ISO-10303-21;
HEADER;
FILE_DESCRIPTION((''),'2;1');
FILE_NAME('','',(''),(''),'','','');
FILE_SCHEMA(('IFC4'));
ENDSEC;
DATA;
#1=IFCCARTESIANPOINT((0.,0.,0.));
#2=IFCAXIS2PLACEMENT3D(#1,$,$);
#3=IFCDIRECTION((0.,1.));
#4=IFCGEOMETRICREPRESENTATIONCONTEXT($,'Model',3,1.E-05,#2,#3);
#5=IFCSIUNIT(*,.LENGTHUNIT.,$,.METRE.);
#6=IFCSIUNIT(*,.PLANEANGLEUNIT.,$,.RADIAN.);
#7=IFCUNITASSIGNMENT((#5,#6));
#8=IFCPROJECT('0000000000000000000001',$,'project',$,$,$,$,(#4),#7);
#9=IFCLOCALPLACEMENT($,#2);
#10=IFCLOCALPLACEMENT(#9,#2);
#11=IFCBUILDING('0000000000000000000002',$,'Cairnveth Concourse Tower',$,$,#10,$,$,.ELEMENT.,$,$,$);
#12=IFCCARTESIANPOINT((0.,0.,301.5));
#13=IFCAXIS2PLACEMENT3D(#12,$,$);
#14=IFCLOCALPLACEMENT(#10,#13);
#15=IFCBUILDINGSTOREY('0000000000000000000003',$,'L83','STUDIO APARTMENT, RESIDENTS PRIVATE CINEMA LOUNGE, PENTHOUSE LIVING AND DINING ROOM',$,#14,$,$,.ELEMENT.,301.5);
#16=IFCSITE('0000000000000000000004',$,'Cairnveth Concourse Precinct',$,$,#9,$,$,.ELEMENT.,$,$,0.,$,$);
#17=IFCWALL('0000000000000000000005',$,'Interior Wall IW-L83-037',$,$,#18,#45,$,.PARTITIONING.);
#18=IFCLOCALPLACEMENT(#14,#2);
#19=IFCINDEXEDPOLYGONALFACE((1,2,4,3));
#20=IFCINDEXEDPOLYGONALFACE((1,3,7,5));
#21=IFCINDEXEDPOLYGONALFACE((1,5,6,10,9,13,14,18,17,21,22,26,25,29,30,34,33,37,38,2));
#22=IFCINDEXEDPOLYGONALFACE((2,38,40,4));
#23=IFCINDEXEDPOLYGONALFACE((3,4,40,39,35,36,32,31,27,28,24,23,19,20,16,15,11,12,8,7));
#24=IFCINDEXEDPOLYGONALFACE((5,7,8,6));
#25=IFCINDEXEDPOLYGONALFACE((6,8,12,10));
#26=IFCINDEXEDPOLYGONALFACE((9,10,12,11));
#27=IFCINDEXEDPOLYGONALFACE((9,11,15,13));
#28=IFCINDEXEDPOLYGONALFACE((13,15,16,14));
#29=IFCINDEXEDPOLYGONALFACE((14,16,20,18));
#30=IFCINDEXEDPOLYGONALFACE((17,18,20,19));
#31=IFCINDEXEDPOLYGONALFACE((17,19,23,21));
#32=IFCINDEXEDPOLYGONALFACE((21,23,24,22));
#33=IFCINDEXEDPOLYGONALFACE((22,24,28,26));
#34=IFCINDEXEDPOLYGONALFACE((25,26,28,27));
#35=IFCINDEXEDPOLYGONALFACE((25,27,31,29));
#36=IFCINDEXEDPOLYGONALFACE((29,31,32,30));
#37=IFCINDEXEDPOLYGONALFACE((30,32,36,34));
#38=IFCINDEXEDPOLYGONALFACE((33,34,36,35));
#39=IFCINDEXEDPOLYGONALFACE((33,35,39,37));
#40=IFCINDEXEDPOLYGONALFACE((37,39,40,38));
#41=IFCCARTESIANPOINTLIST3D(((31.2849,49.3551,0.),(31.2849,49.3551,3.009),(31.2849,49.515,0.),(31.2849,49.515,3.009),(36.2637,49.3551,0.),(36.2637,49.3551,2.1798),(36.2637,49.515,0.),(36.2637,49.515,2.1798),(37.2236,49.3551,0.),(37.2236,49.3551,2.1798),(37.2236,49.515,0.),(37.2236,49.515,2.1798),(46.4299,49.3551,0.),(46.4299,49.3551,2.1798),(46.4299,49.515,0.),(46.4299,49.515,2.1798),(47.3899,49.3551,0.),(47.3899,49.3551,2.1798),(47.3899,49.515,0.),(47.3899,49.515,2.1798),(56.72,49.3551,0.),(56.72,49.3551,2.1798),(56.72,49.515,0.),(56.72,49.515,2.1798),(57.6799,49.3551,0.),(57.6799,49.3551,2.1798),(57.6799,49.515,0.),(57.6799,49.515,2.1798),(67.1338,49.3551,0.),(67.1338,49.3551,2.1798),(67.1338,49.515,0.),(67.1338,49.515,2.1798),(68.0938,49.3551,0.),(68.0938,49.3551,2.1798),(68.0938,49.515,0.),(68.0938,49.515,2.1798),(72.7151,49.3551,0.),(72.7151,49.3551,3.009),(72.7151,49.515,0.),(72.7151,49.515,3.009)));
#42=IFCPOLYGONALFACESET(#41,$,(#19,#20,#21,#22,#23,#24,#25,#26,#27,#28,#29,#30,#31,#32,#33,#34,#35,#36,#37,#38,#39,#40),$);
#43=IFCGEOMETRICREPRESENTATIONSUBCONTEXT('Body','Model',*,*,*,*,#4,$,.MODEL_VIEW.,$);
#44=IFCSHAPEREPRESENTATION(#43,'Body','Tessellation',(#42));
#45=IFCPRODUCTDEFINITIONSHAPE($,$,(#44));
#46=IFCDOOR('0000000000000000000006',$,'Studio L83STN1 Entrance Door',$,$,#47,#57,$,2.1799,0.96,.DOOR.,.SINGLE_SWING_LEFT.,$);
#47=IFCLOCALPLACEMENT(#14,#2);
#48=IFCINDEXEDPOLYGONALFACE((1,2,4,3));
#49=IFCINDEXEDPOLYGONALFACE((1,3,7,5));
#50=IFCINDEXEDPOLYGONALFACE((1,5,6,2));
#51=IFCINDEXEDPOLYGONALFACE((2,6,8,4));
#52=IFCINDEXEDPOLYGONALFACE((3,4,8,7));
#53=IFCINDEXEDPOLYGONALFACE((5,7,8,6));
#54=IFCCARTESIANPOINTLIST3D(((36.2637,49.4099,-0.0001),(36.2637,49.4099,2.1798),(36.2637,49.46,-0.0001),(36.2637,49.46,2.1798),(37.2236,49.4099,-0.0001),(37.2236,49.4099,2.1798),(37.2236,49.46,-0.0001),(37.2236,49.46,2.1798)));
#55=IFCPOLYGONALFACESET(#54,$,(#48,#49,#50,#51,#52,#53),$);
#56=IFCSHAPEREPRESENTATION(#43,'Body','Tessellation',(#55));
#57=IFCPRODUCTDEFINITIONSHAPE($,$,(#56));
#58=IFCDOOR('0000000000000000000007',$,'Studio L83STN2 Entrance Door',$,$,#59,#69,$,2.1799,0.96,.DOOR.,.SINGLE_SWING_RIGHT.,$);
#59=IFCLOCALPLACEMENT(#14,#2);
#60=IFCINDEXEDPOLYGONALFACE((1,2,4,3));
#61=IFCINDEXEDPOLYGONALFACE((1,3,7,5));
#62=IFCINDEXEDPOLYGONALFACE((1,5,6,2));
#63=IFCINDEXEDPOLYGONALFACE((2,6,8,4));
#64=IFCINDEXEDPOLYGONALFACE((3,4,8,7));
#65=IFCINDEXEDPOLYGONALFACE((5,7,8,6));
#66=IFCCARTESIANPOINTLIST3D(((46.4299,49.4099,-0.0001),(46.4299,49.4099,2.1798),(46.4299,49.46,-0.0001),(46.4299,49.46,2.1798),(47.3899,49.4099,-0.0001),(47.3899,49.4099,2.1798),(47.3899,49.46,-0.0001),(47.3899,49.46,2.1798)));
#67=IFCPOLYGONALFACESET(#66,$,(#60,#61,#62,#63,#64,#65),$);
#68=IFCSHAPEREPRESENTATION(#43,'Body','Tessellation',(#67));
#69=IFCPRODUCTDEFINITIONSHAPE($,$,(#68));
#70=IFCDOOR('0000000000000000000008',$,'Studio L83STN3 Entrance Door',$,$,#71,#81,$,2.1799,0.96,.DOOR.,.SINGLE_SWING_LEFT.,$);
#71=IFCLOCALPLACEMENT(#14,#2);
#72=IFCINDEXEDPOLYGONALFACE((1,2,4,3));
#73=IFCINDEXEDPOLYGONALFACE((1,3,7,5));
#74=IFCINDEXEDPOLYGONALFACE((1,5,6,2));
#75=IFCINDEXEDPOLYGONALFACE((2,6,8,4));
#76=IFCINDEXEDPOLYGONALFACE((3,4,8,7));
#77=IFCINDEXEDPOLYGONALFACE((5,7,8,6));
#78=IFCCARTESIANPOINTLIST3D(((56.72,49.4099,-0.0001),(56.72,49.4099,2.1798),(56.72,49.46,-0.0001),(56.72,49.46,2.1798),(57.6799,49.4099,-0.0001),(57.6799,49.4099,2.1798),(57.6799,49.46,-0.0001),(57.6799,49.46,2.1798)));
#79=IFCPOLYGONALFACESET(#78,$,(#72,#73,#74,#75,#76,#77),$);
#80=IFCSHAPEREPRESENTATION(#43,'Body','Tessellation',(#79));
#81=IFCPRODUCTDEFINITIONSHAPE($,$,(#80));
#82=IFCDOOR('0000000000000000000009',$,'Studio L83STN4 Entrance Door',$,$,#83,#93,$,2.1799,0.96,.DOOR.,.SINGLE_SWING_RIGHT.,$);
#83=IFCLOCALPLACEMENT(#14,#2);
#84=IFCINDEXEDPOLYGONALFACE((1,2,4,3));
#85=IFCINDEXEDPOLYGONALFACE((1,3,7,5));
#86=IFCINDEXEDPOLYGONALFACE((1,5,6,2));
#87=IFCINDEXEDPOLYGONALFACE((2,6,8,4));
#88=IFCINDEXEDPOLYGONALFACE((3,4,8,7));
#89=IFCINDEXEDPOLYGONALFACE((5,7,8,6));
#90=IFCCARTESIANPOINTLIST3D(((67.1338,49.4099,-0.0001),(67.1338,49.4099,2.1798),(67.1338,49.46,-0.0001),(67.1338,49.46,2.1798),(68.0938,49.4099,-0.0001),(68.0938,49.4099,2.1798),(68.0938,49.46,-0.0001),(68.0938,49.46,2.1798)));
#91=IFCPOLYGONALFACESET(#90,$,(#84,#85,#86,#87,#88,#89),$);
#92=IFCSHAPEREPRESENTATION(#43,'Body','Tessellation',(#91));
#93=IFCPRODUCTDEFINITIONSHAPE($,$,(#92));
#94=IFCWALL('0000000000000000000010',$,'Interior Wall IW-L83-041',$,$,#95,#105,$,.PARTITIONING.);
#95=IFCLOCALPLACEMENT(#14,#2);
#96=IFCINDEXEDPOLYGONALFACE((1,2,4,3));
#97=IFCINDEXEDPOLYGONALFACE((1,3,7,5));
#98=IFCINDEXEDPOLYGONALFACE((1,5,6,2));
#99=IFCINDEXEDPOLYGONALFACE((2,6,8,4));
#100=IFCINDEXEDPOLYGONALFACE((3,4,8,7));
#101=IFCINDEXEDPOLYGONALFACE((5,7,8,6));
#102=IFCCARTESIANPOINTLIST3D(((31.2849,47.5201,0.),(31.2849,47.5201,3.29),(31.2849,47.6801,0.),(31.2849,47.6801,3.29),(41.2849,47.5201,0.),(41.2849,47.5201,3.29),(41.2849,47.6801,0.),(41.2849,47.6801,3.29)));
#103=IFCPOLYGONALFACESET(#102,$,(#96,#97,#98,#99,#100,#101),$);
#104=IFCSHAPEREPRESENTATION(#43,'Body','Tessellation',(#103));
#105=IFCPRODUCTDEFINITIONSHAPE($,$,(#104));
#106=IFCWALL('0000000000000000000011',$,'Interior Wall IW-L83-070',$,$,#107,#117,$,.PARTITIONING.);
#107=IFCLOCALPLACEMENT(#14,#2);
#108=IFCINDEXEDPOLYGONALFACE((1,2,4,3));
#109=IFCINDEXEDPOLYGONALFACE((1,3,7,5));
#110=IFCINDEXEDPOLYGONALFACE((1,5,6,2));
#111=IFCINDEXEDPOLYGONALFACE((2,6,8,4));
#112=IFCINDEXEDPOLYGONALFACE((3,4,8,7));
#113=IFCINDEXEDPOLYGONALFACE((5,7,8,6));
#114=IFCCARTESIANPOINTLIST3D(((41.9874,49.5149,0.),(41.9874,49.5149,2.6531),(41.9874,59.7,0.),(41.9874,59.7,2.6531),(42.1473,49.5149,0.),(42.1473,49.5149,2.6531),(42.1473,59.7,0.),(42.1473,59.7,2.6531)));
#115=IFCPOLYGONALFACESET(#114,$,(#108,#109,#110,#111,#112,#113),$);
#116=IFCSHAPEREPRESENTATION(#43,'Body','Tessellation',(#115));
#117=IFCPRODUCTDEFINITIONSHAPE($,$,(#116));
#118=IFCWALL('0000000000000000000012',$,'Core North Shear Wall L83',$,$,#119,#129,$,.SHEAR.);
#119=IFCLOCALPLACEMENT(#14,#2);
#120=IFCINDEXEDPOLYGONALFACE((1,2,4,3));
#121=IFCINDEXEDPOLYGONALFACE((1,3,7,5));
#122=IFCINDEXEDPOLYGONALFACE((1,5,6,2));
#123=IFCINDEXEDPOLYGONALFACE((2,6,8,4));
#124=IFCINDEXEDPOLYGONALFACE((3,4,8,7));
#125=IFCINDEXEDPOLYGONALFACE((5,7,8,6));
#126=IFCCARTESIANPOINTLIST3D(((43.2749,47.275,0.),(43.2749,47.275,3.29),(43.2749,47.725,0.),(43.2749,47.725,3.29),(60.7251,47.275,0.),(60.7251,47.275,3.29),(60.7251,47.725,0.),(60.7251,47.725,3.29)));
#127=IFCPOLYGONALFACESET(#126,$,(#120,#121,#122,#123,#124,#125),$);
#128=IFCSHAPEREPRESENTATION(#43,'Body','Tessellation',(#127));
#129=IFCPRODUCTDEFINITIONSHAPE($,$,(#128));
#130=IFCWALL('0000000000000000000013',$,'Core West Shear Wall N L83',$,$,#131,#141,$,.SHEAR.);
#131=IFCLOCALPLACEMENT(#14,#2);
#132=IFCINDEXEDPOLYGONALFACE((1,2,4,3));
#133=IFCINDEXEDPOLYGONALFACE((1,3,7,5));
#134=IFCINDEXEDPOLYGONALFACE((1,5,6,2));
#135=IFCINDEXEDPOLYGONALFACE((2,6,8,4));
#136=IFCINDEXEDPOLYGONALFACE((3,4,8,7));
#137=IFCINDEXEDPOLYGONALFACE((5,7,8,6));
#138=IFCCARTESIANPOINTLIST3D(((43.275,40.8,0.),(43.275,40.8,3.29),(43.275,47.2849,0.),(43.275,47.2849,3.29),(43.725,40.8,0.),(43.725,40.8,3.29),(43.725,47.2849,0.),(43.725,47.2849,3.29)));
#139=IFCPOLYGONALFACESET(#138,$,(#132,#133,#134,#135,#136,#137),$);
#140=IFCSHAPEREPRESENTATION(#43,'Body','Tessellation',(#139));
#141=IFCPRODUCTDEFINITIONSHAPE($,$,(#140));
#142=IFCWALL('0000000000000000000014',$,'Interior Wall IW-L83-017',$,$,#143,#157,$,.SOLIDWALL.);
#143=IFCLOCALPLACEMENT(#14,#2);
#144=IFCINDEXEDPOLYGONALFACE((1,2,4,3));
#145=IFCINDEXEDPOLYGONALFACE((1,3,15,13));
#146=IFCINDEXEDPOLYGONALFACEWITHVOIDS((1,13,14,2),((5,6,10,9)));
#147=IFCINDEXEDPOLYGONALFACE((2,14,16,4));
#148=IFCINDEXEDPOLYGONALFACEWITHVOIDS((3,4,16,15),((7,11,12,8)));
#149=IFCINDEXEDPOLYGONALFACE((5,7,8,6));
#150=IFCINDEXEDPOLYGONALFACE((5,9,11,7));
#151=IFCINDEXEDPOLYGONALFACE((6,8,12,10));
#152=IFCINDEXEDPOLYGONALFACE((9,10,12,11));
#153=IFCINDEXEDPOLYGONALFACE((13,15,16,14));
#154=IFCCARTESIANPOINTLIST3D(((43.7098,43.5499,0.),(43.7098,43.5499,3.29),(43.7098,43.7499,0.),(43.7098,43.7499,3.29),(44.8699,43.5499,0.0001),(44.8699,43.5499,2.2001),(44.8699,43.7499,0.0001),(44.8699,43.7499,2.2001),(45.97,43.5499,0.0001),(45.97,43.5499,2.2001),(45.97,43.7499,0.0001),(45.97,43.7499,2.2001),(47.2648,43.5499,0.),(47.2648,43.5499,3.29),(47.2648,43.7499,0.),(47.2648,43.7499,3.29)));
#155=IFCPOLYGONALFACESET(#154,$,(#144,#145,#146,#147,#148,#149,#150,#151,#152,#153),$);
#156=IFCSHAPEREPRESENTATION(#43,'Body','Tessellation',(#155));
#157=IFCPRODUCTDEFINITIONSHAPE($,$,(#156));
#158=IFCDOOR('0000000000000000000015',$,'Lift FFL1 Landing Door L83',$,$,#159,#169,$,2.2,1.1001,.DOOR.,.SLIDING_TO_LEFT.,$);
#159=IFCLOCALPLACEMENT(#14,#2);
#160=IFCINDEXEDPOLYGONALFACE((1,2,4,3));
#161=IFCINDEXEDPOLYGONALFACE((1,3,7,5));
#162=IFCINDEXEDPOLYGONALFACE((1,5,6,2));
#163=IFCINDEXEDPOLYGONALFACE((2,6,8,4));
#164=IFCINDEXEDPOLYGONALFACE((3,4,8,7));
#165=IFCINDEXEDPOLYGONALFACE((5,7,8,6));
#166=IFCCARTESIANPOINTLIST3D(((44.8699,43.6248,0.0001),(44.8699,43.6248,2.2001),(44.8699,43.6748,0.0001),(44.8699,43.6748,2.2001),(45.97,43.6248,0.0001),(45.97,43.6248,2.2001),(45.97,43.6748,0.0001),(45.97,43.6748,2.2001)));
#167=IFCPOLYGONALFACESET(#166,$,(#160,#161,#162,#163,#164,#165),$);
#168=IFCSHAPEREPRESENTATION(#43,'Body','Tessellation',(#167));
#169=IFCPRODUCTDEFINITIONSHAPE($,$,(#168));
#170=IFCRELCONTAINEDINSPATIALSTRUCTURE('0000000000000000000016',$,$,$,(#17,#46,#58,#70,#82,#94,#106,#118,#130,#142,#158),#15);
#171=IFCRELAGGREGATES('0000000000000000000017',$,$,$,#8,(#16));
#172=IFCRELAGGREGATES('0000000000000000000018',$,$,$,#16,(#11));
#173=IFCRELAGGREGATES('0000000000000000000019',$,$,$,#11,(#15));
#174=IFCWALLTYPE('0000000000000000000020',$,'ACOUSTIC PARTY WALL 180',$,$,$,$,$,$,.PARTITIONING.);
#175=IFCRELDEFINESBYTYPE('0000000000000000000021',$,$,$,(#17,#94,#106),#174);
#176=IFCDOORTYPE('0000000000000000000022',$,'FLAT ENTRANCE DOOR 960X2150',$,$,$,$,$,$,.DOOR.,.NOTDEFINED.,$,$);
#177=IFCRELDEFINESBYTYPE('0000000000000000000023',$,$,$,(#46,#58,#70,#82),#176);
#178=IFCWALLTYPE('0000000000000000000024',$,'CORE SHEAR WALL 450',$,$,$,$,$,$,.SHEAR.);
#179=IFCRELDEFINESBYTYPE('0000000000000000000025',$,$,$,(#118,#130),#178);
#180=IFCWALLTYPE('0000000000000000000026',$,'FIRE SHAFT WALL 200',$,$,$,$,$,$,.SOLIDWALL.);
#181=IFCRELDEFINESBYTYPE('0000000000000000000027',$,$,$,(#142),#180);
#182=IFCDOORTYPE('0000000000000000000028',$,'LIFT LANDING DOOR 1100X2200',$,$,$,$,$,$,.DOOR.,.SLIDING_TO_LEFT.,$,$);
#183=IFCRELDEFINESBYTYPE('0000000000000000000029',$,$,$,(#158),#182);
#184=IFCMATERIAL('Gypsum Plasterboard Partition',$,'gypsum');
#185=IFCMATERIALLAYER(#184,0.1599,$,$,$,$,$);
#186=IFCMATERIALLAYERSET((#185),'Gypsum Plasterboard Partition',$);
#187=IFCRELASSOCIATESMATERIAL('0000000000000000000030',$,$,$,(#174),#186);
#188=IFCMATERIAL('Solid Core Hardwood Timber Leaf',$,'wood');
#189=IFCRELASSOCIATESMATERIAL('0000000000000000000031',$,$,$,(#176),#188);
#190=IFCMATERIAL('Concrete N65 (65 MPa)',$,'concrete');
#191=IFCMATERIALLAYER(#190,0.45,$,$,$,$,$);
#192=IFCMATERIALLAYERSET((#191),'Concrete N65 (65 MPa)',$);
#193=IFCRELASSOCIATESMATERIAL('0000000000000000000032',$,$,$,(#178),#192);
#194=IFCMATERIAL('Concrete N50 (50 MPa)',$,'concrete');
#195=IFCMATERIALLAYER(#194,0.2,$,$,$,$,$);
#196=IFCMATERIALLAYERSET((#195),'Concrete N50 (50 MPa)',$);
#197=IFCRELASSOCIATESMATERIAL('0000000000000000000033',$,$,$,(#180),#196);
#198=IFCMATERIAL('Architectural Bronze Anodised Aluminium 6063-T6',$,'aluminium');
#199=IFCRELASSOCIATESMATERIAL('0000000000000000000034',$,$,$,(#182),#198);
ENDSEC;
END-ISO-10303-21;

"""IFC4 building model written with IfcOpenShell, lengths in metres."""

from ifc_helpers import new_model, si_unit, direction, frame, frame_2d, origin, place, context, subcontext, project, spatial, rectangle, extrude, material, layer, layer_set, type_object, element, fill, save


model = new_model("IFC4")

# Units and contexts
model_context = context("Model", 3, precision=1e-05, world=origin(), true_north=direction((0.0, 1.0)))
body_context = subcontext(model_context, "Body", "Model", "MODEL_VIEW")
ifc_project = project(units=[si_unit("LENGTHUNIT", "METRE"), si_unit("PLANEANGLEUNIT", "RADIAN")], contexts=[model_context])

# Site, building, storey
site_placement = place(None, origin())
site = spatial("IfcSite", under=ifc_project, at=site_placement, Name="Cairnveth Concourse Precinct", CompositionType="ELEMENT", RefElevation=0.0)
building_placement = place(site_placement, origin())
building = spatial("IfcBuilding", under=site, at=building_placement, Name="Cairnveth Concourse Tower", CompositionType="ELEMENT")
storey_placement = place(building_placement, frame((0.0, 0.0, 301.5)))
storey = spatial("IfcBuildingStorey", under=building, at=storey_placement, Name="L83", Description="STUDIO APARTMENT, RESIDENTS PRIVATE CINEMA LOUNGE, PENTHOUSE LIVING AND DINING ROOM", CompositionType="ELEMENT", Elevation=301.5)

# Shared definitions
ifc_material_1 = material(Name="Concrete N50 (50 MPa)", Category="concrete")

# Wall, openings, doors
ifc_material_2 = material(Name="Gypsum Plasterboard Partition", Category="gypsum")
ifc_layer_1 = layer(ifc_material_2, 0.1599)
ifc_layer_set_1 = layer_set([ifc_layer_1], Name="Gypsum Plasterboard Partition")
wall_type_1 = type_object("IfcWallType", Name="ACOUSTIC PARTY WALL 180", PredefinedType="PARTITIONING", material=ifc_layer_set_1)
wall_1_placement = place(storey_placement, frame((31.2849, 49.4351, 0.0), z_axis=(0.0, 0.0, 1.0), x_axis=(1.0, 0.0, 0.0)))
wall_1 = element("IfcWall", 1, at=wall_1_placement, inside=storey, type_object=wall_type_1, Name="Interior Wall IW-L83-037", PredefinedType="PARTITIONING", context=body_context, shape_type="SweptSolid", body=[
    extrude(rectangle(XDim=41.4302, YDim=0.1599, at=frame_2d((20.7151, 0.0))), origin(), (0.0, 0.0, 1.0), 3.009),
])
opening_1_placement = place(wall_1_placement, frame((4.9788, 0.0, 0.0)))
opening_1 = element("IfcOpeningElement", 2, at=opening_1_placement, cuts=wall_1, PredefinedType="OPENING", context=body_context, shape_type="SweptSolid", body=[
    extrude(rectangle(XDim=0.96, YDim=2.1799, at=frame_2d((0.48, 1.0898))), frame((0.0, 0.0898, 0.0), z_axis=(0.0, -1.0, 0.0), x_axis=(1.0, 0.0, 0.0)), (0.0, 0.0, 1.0), 0.1799),
])
opening_2_placement = place(wall_1_placement, frame((15.145, 0.0, 0.0)))
opening_2 = element("IfcOpeningElement", 3, at=opening_2_placement, cuts=wall_1, PredefinedType="OPENING", context=body_context, shape_type="SweptSolid", body=[
    extrude(rectangle(XDim=0.96, YDim=2.1799, at=frame_2d((0.48, 1.0898))), frame((0.0, 0.0898, 0.0), z_axis=(0.0, -1.0, 0.0), x_axis=(1.0, 0.0, 0.0)), (0.0, 0.0, 1.0), 0.1799),
])
opening_3_placement = place(wall_1_placement, frame((25.4351, 0.0, 0.0)))
opening_3 = element("IfcOpeningElement", 4, at=opening_3_placement, cuts=wall_1, PredefinedType="OPENING", context=body_context, shape_type="SweptSolid", body=[
    extrude(rectangle(XDim=0.96, YDim=2.1799, at=frame_2d((0.48, 1.0898))), frame((0.0, 0.0898, 0.0), z_axis=(0.0, -1.0, 0.0), x_axis=(1.0, 0.0, 0.0)), (0.0, 0.0, 1.0), 0.1799),
])
opening_4_placement = place(wall_1_placement, frame((35.8489, 0.0, 0.0)))
opening_4 = element("IfcOpeningElement", 5, at=opening_4_placement, cuts=wall_1, PredefinedType="OPENING", context=body_context, shape_type="SweptSolid", body=[
    extrude(rectangle(XDim=0.96, YDim=2.1799, at=frame_2d((0.48, 1.0898))), frame((0.0, 0.0898, 0.0), z_axis=(0.0, -1.0, 0.0), x_axis=(1.0, 0.0, 0.0)), (0.0, 0.0, 1.0), 0.1799),
])
ifc_material_3 = material(Name="Solid Core Hardwood Timber Leaf", Category="wood")
door_type_1 = type_object("IfcDoorType", Name="FLAT ENTRANCE DOOR 960X2150", OperationType="NOTDEFINED", PredefinedType="DOOR", material=ifc_material_3)
door_1_placement = place(opening_1_placement, origin())
door_1 = element("IfcDoor", 6, at=door_1_placement, inside=storey, type_object=door_type_1, Name="Studio L83STN1 Entrance Door", OperationType="SINGLE_SWING_LEFT", OverallHeight=2.1799, OverallWidth=0.96, PredefinedType="DOOR", context=body_context, shape_type="SweptSolid", body=[
    extrude(rectangle(XDim=0.96, YDim=2.1799, at=frame_2d((0.48, 1.0898))), frame((0.0, 0.0249, 0.0), z_axis=(0.0, -1.0, 0.0), x_axis=(1.0, 0.0, 0.0)), (0.0, 0.0, 1.0), 0.05),
])
fill(opening_1, door_1)
door_2_placement = place(opening_2_placement, origin())
door_2 = element("IfcDoor", 7, at=door_2_placement, inside=storey, type_object=door_type_1, Name="Studio L83STN2 Entrance Door", OperationType="SINGLE_SWING_RIGHT", OverallHeight=2.1799, OverallWidth=0.96, PredefinedType="DOOR", context=body_context, shape_type="SweptSolid", body=[
    extrude(rectangle(XDim=0.96, YDim=2.1799, at=frame_2d((0.48, 1.0898))), frame((0.0, 0.0249, 0.0), z_axis=(0.0, -1.0, 0.0), x_axis=(1.0, 0.0, 0.0)), (0.0, 0.0, 1.0), 0.05),
])
fill(opening_2, door_2)
door_3_placement = place(opening_3_placement, origin())
door_3 = element("IfcDoor", 8, at=door_3_placement, inside=storey, type_object=door_type_1, Name="Studio L83STN3 Entrance Door", OperationType="SINGLE_SWING_LEFT", OverallHeight=2.1799, OverallWidth=0.96, PredefinedType="DOOR", context=body_context, shape_type="SweptSolid", body=[
    extrude(rectangle(XDim=0.96, YDim=2.1799, at=frame_2d((0.48, 1.0898))), frame((0.0, 0.0249, 0.0), z_axis=(0.0, -1.0, 0.0), x_axis=(1.0, 0.0, 0.0)), (0.0, 0.0, 1.0), 0.05),
])
fill(opening_3, door_3)
door_4_placement = place(opening_4_placement, origin())
door_4 = element("IfcDoor", 9, at=door_4_placement, inside=storey, type_object=door_type_1, Name="Studio L83STN4 Entrance Door", OperationType="SINGLE_SWING_RIGHT", OverallHeight=2.1799, OverallWidth=0.96, PredefinedType="DOOR", context=body_context, shape_type="SweptSolid", body=[
    extrude(rectangle(XDim=0.96, YDim=2.1799, at=frame_2d((0.48, 1.0898))), frame((0.0, 0.0249, 0.0), z_axis=(0.0, -1.0, 0.0), x_axis=(1.0, 0.0, 0.0)), (0.0, 0.0, 1.0), 0.05),
])
fill(opening_4, door_4)

# Walls
wall_2_placement = place(storey_placement, frame((31.2849, 47.6001, 0.0), z_axis=(0.0, 0.0, 1.0), x_axis=(1.0, 0.0, 0.0)))
element("IfcWall", 10, at=wall_2_placement, inside=storey, type_object=wall_type_1, Name="Interior Wall IW-L83-041", PredefinedType="PARTITIONING", context=body_context, shape_type="SweptSolid", body=[
    extrude(rectangle(XDim=10.0, YDim=0.1599, at=frame_2d((5.0, 0.0))), origin(), (0.0, 0.0, 1.0), 3.29),
])
wall_3_placement = place(storey_placement, frame((42.0674, 49.5149, 0.0), z_axis=(0.0, 0.0, 1.0), x_axis=(0.0, 1.0, 0.0)))
element("IfcWall", 11, at=wall_3_placement, inside=storey, type_object=wall_type_1, Name="Interior Wall IW-L83-070", PredefinedType="PARTITIONING", context=body_context, shape_type="SweptSolid", body=[
    extrude(rectangle(XDim=10.1851, YDim=0.1599, at=frame_2d((5.0925, 0.0))), origin(), (0.0, 0.0, 1.0), 2.6531),
])
ifc_material_4 = material(Name="Concrete N65 (65 MPa)", Category="concrete")
ifc_layer_2 = layer(ifc_material_4, 0.45)
ifc_layer_set_2 = layer_set([ifc_layer_2], Name="Concrete N65 (65 MPa)")
wall_type_2 = type_object("IfcWallType", Name="CORE SHEAR WALL 450", PredefinedType="SHEAR", material=ifc_layer_set_2)
wall_4_placement = place(storey_placement, frame((43.2749, 47.5, 0.0), z_axis=(0.0, 0.0, 1.0), x_axis=(1.0, 0.0, 0.0)))
element("IfcWall", 12, at=wall_4_placement, inside=storey, type_object=wall_type_2, Name="Core North Shear Wall L83", PredefinedType="SHEAR", context=body_context, shape_type="SweptSolid", body=[
    extrude(rectangle(XDim=17.4502, YDim=0.45, at=frame_2d((8.7251, 0.0))), origin(), (0.0, 0.0, 1.0), 3.29),
])
wall_5_placement = place(storey_placement, frame((43.5, 40.8, 0.0), z_axis=(0.0, 0.0, 1.0), x_axis=(0.0, 1.0, 0.0)))
element("IfcWall", 13, at=wall_5_placement, inside=storey, type_object=wall_type_2, Name="Core West Shear Wall N L83", PredefinedType="SHEAR", context=body_context, shape_type="SweptSolid", body=[
    extrude(rectangle(XDim=6.4849, YDim=0.45, at=frame_2d((3.2424, 0.0))), origin(), (0.0, 0.0, 1.0), 3.29),
])

# Wall, opening, door
ifc_layer_3 = layer(ifc_material_1, 0.2)
ifc_layer_set_3 = layer_set([ifc_layer_3], Name="Concrete N50 (50 MPa)")
wall_type_3 = type_object("IfcWallType", Name="FIRE SHAFT WALL 200", PredefinedType="SOLIDWALL", material=ifc_layer_set_3)
wall_6_placement = place(storey_placement, frame((43.71, 43.6499, 0.0), z_axis=(0.0, 0.0, 1.0), x_axis=(1.0, 0.0, 0.0)))
wall_6 = element("IfcWall", 14, at=wall_6_placement, inside=storey, type_object=wall_type_3, Name="Interior Wall IW-L83-017", PredefinedType="SOLIDWALL", context=body_context, shape_type="SweptSolid", body=[
    extrude(rectangle(XDim=3.5549, YDim=0.2, at=frame_2d((1.7773, 0.0))), origin(), (0.0, 0.0, 1.0), 3.29),
])
opening_5_placement = place(wall_6_placement, frame((1.1599, 0.0, 0.0)))
opening_5 = element("IfcOpeningElement", 15, at=opening_5_placement, cuts=wall_6, PredefinedType="OPENING", context=body_context, shape_type="SweptSolid", body=[
    extrude(rectangle(XDim=1.1001, YDim=2.2, at=frame_2d((0.55, 1.1001))), frame((0.0, 0.1099, 0.0), z_axis=(0.0, -1.0, 0.0), x_axis=(1.0, 0.0, 0.0)), (0.0, 0.0, 1.0), 0.22),
])
ifc_material_5 = material(Name="Architectural Bronze Anodised Aluminium 6063-T6", Category="aluminium")
door_type_2 = type_object("IfcDoorType", Name="LIFT LANDING DOOR 1100X2200", OperationType="SLIDING_TO_LEFT", PredefinedType="DOOR", material=ifc_material_5)
door_5_placement = place(opening_5_placement, origin())
door_5 = element("IfcDoor", 16, at=door_5_placement, inside=storey, type_object=door_type_2, Name="Lift FFL1 Landing Door L83", OperationType="SLIDING_TO_LEFT", OverallHeight=2.2, OverallWidth=1.1001, PredefinedType="DOOR", context=body_context, shape_type="SweptSolid", body=[
    extrude(rectangle(XDim=1.1001, YDim=2.2, at=frame_2d((0.55, 1.1001))), frame((0.0, 0.0249, 0.0), z_axis=(0.0, -1.0, 0.0), x_axis=(1.0, 0.0, 0.0)), (0.0, 0.0, 1.0), 0.05),
])
fill(opening_5, door_5)

save(model, "model.ifc")
